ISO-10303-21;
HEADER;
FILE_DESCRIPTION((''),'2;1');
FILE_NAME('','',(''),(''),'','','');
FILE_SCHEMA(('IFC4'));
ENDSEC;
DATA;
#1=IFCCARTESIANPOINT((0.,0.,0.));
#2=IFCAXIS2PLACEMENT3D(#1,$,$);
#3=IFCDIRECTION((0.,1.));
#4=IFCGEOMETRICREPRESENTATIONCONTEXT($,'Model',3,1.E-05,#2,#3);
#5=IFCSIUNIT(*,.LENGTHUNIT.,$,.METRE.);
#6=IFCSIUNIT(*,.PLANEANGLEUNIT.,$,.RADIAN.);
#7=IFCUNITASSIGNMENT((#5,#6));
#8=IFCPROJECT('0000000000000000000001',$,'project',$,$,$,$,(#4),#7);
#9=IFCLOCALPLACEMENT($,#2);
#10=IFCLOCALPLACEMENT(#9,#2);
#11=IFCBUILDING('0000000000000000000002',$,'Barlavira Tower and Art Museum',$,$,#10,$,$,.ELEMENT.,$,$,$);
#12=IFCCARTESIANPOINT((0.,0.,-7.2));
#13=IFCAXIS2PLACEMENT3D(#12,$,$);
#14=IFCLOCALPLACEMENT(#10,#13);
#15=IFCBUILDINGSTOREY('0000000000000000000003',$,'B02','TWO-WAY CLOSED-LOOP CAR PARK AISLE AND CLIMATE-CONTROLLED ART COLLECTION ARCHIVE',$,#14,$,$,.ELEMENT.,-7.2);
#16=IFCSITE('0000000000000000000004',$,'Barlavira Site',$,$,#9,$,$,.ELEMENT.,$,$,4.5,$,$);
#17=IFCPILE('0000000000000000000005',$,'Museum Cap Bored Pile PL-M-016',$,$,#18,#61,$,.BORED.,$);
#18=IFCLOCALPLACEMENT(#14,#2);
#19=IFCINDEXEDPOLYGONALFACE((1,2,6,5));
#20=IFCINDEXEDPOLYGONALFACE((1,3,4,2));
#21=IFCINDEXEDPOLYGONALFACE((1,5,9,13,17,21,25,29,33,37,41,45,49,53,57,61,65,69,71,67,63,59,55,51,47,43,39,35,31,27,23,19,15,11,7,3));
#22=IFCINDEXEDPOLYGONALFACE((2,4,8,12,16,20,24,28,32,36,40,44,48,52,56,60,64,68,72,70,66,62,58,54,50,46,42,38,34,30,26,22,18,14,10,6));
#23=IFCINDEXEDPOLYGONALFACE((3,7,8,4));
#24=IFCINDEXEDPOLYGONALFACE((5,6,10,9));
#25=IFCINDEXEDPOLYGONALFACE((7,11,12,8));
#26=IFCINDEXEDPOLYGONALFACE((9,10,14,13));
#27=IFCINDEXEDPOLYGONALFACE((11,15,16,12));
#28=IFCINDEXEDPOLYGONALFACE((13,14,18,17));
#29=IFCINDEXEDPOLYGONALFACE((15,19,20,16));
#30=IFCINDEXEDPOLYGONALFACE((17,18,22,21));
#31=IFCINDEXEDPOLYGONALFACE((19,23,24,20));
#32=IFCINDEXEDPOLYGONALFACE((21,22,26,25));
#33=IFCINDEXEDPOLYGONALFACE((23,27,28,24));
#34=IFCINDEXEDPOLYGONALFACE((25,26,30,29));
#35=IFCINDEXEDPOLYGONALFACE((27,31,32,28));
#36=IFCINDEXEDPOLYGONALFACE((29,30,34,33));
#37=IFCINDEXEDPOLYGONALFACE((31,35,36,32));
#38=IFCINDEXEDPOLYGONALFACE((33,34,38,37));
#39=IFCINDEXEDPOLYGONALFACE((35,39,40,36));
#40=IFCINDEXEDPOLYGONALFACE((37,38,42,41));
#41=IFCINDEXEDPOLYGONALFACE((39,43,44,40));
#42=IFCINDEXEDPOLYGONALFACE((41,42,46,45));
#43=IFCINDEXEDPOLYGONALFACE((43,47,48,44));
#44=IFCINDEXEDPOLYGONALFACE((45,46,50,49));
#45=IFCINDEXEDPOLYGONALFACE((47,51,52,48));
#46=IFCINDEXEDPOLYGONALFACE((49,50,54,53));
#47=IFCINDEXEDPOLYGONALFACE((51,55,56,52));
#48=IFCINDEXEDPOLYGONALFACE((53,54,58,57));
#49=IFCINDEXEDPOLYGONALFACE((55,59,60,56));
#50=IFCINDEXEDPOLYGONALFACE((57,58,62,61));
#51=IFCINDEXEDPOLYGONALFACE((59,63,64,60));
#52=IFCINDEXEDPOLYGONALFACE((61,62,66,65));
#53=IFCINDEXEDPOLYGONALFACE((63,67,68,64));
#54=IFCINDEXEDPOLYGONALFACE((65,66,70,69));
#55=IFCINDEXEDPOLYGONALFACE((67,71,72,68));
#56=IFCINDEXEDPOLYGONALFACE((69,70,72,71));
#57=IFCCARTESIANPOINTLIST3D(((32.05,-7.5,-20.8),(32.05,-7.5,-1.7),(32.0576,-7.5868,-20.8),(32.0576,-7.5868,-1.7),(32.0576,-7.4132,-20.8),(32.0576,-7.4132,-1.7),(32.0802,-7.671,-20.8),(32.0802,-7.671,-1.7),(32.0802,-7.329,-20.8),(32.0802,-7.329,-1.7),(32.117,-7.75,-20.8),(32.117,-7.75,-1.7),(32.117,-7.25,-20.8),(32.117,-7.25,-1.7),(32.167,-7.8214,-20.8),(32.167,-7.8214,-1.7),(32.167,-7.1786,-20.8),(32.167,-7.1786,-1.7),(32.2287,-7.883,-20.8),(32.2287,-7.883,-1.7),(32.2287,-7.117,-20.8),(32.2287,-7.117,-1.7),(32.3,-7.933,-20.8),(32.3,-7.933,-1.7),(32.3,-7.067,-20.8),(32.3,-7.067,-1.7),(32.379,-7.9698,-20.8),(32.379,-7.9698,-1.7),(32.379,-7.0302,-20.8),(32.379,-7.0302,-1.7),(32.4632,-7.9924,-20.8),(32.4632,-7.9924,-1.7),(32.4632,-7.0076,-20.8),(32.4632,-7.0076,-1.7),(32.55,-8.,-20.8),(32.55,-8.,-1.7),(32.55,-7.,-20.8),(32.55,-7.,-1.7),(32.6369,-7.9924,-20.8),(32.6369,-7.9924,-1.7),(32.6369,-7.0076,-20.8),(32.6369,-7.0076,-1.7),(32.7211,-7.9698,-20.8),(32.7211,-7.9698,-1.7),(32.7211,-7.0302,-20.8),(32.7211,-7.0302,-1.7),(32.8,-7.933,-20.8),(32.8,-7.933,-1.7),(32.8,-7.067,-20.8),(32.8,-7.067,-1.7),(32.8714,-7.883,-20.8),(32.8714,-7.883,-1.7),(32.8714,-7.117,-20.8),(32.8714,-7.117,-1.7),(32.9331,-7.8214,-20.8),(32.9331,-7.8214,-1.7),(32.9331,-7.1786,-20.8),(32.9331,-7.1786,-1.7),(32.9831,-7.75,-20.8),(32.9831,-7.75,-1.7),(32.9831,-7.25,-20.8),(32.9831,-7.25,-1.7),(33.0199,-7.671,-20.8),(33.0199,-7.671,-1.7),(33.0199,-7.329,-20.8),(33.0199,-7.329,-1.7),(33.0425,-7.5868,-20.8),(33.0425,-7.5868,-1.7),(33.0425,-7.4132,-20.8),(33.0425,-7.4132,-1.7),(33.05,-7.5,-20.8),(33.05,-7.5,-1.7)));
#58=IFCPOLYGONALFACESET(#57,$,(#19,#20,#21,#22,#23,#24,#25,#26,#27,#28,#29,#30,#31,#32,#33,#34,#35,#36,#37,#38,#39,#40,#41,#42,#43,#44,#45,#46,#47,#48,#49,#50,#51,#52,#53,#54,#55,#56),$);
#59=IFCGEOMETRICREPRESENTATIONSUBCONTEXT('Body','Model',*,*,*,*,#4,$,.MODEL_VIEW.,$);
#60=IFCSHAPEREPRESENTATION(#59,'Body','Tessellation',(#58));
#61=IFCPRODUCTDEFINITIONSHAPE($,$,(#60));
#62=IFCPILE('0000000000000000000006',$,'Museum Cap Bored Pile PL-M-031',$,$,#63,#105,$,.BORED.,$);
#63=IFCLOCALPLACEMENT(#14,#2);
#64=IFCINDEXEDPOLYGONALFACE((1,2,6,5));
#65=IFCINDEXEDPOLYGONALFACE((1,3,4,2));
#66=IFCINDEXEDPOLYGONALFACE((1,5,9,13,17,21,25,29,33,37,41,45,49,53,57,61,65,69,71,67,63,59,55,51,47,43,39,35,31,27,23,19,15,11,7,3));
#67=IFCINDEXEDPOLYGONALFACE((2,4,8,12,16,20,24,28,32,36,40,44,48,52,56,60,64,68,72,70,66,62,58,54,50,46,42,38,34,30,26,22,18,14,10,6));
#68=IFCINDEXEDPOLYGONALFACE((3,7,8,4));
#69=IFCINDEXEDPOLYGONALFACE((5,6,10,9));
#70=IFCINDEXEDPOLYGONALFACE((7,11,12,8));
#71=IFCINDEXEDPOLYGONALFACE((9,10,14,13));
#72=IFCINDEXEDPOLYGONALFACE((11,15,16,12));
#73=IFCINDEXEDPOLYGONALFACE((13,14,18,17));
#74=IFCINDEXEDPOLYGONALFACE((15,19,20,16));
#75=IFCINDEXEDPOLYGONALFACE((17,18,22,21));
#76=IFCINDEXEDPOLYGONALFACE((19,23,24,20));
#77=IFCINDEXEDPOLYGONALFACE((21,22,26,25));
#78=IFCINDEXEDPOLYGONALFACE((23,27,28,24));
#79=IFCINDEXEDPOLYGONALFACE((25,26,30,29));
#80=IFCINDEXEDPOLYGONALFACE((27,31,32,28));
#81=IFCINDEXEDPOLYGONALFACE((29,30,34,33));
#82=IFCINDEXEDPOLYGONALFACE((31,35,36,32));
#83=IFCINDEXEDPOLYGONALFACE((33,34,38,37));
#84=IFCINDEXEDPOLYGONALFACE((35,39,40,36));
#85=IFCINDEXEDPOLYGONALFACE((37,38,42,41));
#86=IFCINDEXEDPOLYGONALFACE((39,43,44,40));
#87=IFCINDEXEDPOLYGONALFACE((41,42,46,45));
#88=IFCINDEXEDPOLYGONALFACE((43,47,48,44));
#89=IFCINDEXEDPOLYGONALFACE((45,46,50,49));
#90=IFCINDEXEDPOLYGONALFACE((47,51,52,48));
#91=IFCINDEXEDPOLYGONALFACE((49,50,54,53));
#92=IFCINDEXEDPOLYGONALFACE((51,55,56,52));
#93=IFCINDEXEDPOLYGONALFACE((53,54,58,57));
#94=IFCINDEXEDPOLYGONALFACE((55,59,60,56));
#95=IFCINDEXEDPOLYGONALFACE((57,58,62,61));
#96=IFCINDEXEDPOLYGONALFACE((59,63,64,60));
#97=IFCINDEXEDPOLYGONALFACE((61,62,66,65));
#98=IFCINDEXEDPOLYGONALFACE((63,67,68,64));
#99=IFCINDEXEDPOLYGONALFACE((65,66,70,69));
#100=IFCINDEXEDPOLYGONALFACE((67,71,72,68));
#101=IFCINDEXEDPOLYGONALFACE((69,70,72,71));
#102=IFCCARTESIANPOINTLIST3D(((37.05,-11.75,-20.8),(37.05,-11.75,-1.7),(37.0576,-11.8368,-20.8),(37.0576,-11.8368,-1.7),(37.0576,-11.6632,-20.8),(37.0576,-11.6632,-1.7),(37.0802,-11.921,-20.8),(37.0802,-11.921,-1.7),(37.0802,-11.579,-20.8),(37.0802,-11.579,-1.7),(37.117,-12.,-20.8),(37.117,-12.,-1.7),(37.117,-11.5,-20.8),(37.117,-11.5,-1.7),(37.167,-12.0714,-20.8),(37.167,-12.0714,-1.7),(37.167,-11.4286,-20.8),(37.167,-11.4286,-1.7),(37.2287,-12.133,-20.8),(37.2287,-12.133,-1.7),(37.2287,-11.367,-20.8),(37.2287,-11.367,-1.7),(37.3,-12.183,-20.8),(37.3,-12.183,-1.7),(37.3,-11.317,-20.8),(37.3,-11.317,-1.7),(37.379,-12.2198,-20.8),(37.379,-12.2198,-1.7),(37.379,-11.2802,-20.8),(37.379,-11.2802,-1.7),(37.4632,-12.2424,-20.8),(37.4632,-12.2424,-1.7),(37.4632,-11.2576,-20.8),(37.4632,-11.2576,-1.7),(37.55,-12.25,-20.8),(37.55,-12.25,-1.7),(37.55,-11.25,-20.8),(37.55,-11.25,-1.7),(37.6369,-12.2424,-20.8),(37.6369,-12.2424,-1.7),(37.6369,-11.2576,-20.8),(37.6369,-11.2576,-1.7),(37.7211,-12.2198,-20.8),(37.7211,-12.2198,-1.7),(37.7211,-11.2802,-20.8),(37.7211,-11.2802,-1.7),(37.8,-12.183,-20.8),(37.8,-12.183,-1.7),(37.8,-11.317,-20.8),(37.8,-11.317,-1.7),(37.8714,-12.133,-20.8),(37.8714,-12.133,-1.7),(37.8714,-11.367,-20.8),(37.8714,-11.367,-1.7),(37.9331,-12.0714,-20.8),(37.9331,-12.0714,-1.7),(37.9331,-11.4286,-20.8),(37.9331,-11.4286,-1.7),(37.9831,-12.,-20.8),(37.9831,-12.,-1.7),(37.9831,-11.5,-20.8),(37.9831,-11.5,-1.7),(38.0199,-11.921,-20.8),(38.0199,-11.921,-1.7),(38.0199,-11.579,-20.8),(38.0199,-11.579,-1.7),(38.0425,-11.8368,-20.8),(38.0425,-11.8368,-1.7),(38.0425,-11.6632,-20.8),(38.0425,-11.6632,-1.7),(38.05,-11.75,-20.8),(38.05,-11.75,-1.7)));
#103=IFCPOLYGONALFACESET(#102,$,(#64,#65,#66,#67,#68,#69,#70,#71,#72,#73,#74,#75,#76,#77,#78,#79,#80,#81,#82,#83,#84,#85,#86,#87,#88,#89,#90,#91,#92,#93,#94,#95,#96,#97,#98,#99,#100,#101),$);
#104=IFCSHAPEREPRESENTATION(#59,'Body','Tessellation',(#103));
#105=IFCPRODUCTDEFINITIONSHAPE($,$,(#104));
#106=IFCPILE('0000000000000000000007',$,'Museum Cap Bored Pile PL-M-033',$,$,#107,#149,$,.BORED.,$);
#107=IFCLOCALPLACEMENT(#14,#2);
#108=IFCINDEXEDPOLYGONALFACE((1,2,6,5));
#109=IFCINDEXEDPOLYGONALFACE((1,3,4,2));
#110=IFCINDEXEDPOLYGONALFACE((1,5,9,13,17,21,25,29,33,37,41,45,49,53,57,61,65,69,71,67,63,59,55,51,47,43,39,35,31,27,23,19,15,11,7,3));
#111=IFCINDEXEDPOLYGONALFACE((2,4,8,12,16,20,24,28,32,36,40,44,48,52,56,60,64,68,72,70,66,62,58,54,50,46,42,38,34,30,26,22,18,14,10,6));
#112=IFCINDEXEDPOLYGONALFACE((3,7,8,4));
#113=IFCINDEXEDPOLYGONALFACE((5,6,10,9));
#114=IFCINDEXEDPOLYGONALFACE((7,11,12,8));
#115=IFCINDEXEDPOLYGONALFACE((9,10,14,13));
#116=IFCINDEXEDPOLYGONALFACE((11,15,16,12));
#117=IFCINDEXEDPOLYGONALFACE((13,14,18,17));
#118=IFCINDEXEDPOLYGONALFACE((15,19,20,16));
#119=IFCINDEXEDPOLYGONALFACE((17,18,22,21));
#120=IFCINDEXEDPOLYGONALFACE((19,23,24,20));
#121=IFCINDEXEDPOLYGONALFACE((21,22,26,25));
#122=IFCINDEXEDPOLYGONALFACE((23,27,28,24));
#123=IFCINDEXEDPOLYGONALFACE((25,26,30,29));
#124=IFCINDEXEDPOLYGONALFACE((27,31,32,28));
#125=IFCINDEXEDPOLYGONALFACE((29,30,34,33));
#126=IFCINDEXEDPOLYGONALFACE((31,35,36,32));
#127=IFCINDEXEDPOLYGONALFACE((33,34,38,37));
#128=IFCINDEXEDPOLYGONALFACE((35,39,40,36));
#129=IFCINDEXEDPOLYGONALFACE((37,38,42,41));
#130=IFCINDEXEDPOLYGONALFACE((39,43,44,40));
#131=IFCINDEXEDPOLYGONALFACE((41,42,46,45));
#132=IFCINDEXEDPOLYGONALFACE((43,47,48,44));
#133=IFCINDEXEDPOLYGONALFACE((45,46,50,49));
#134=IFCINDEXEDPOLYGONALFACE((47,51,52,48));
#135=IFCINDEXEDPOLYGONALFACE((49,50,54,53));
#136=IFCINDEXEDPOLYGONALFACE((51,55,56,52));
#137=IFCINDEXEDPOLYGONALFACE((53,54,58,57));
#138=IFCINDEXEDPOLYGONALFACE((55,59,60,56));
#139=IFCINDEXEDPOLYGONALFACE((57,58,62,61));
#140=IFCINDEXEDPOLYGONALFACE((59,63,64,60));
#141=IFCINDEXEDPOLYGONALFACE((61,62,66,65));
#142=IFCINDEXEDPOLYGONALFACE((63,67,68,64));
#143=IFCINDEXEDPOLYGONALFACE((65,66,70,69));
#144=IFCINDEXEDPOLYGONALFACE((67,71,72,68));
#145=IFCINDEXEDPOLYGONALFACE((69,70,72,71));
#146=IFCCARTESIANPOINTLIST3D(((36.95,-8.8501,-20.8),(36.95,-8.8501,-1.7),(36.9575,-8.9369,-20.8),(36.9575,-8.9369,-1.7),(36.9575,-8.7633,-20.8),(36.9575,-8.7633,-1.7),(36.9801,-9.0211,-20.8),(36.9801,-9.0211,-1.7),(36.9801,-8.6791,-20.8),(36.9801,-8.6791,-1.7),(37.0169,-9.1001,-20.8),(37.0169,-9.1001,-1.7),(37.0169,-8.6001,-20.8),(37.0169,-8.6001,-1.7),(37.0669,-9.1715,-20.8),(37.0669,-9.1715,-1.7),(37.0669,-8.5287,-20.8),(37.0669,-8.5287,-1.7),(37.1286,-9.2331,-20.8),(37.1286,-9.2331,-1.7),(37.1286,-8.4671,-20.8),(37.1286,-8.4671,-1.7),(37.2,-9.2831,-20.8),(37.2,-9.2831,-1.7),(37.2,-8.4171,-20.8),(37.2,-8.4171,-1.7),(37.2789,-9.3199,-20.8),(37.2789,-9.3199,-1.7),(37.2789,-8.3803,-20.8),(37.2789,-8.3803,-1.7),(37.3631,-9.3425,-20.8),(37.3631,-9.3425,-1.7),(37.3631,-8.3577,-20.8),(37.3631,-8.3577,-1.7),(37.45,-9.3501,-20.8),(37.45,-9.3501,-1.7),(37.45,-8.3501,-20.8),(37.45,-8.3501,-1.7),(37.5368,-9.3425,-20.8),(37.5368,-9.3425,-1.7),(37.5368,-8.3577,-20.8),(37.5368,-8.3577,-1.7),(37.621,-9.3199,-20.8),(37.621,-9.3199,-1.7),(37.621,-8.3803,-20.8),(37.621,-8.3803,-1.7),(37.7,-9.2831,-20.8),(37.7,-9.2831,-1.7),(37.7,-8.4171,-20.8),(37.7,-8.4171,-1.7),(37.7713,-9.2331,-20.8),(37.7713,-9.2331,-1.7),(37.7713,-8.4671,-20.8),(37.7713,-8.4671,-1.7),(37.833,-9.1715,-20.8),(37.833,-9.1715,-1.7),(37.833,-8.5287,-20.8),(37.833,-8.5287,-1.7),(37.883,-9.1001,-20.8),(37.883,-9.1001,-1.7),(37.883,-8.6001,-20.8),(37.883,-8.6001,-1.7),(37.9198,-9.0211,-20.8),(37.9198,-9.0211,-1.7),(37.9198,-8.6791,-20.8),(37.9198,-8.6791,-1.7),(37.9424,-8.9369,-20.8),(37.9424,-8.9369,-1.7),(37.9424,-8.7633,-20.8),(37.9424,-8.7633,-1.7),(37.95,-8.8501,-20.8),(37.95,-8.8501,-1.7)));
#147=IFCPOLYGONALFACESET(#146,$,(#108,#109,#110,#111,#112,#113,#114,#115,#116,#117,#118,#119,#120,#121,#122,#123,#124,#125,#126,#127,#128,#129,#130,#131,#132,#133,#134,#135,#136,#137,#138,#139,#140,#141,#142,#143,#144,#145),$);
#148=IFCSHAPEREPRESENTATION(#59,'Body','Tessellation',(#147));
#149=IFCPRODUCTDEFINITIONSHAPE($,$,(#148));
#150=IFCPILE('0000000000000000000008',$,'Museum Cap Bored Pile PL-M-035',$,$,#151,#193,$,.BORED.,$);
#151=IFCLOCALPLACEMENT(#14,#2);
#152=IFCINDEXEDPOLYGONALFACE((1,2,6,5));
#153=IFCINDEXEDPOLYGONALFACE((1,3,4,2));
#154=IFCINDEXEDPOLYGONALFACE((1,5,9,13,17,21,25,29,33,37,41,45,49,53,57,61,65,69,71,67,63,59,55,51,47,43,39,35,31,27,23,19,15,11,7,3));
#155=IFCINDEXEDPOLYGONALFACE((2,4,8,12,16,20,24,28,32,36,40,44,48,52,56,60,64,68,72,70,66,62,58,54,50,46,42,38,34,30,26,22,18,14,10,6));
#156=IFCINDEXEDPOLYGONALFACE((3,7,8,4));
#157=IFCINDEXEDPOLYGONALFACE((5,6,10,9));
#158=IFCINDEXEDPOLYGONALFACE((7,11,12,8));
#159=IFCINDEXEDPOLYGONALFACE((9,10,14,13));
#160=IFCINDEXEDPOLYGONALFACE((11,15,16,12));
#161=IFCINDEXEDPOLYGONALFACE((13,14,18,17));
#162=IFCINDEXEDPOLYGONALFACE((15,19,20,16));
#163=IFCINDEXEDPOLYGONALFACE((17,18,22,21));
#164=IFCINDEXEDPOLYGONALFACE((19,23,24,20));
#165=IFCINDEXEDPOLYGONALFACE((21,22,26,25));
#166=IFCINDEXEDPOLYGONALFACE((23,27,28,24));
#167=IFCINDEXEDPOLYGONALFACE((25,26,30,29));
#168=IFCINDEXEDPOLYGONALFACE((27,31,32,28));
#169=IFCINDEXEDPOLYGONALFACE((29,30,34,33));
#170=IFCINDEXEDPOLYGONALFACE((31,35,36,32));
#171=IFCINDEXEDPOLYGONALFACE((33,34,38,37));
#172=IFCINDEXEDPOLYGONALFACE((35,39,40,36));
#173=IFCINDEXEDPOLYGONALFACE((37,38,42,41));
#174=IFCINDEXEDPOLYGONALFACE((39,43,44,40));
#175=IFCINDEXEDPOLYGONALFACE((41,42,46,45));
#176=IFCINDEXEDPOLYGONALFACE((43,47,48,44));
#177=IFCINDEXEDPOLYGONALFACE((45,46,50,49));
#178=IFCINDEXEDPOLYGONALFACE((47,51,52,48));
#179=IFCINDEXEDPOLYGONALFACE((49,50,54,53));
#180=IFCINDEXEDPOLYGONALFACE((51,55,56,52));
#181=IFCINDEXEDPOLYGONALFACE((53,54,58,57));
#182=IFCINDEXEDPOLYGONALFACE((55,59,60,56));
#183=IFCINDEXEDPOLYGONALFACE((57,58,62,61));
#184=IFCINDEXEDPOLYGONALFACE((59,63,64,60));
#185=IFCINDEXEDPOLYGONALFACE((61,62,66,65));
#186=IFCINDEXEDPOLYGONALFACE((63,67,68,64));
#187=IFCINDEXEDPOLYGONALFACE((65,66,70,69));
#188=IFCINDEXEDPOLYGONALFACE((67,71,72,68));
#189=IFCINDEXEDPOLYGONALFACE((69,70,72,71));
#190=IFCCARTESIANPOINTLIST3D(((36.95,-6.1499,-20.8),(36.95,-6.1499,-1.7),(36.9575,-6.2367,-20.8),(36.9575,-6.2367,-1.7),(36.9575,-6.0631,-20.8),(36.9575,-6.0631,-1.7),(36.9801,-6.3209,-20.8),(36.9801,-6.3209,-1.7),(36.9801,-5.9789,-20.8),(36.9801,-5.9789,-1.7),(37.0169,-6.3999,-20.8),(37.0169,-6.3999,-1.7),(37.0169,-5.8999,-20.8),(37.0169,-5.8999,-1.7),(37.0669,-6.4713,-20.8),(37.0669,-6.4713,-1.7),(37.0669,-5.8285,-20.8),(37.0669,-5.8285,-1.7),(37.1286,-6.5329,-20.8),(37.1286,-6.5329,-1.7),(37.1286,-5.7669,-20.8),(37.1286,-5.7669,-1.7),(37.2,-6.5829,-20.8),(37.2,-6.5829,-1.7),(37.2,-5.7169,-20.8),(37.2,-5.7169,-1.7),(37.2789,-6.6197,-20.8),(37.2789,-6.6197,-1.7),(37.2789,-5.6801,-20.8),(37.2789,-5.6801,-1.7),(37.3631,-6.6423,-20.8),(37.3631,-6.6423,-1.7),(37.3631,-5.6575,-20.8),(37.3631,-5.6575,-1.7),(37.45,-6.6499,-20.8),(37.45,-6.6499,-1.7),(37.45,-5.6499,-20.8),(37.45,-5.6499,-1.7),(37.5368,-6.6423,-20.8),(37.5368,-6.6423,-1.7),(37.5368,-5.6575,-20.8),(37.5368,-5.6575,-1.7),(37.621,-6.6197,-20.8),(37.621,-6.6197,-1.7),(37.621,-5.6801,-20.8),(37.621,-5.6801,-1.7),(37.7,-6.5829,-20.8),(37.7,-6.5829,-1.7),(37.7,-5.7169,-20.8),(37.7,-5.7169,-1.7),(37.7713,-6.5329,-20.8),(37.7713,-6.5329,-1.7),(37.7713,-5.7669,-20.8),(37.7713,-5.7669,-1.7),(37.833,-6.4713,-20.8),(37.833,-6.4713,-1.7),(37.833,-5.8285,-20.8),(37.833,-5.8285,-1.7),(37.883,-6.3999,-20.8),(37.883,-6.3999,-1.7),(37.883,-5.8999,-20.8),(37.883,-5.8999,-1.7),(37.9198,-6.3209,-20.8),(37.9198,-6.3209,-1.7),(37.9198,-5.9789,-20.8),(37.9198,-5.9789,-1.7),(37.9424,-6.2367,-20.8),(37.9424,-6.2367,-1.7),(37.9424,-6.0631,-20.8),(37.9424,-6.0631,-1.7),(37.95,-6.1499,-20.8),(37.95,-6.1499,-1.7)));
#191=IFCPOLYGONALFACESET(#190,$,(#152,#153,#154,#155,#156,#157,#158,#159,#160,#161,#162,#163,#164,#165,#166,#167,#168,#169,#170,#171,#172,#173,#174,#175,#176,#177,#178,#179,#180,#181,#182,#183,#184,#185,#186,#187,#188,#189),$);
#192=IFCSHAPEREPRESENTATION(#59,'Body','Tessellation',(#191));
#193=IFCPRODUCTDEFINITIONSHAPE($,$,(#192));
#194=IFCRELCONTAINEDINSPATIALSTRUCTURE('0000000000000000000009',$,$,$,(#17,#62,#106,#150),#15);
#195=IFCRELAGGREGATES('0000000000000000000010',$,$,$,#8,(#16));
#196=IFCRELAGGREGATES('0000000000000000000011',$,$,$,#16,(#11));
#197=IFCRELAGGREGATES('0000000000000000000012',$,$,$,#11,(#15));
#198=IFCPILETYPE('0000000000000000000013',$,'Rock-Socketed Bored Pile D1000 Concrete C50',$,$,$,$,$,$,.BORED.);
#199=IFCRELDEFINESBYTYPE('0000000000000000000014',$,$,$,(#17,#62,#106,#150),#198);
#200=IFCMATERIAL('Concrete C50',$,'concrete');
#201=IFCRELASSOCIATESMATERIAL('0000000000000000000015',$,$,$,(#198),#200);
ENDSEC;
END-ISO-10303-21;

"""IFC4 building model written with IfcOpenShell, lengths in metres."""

from ifc_helpers import new_model, si_unit, direction, frame, origin, origin_2d, place, context, subcontext, project, spatial, circle, extrude, material, material_profile, profile_set, type_object, element, save


model = new_model("IFC4")

# Units and contexts
model_context = context("Model", 3, precision=1e-05, world=origin(), true_north=direction((0.0, 1.0)))
body_context = subcontext(model_context, "Body", "Model", "MODEL_VIEW")
ifc_project = project(units=[si_unit("LENGTHUNIT", "METRE"), si_unit("PLANEANGLEUNIT", "RADIAN")], contexts=[model_context])

# Site, building, storey
site_placement = place(None, origin())
site = spatial("IfcSite", under=ifc_project, at=site_placement, Name="Barlavira Site", CompositionType="ELEMENT", RefElevation=4.5)
building_placement = place(site_placement, origin())
building = spatial("IfcBuilding", under=site, at=building_placement, Name="Barlavira Tower and Art Museum", CompositionType="ELEMENT")
storey_placement = place(building_placement, frame((0.0, 0.0, -7.2)))
storey = spatial("IfcBuildingStorey", under=building, at=storey_placement, Name="B02", Description="TWO-WAY CLOSED-LOOP CAR PARK AISLE AND CLIMATE-CONTROLLED ART COLLECTION ARCHIVE", CompositionType="ELEMENT", Elevation=-7.2)

# Shared definitions
ifc_material_1 = material(Name="Concrete C50", Category="concrete")

# Piles
ifc_material_profile_1 = material_profile(ifc_material_1, circle(Radius=0.5, at=origin_2d()), Name="BORED PILE D1000")
ifc_profile_set_1 = profile_set([ifc_material_profile_1], Name="Concrete C50")
pile_type = type_object("IfcPileType", Name="Rock-Socketed Bored Pile D1000 Concrete C50", PredefinedType="BORED", material=ifc_profile_set_1)
for number, where, z_axis, x_axis, name in (
    (1, (32.55, -7.5, -1.7), (0.0, 0.0, -1.0), (1.0, 0.0, 0.0), "Museum Cap Bored Pile PL-M-016"),
    (2, (37.55, -11.75, -1.7), (0.0, 0.0, -1.0), (1.0, 0.0, 0.0), "Museum Cap Bored Pile PL-M-031"),
    (3, (37.45, -8.8501, -1.7), (0.0, 0.0, -1.0), (1.0, 0.0, 0.0), "Museum Cap Bored Pile PL-M-033"),
    (4, (37.45, -6.1499, -1.7), (0.0, 0.0, -1.0), (1.0, 0.0, 0.0), "Museum Cap Bored Pile PL-M-035"),
):
    element("IfcPile", number, at=place(storey_placement, frame(where, z_axis=z_axis, x_axis=x_axis)), inside=storey, type_object=pile_type, Name=name, PredefinedType="BORED", context=body_context, shape_type="SweptSolid", body=[
        extrude(circle(Radius=0.5, at=origin_2d()), origin(), (0.0, 0.0, 1.0), 19.1001),
    ])

save(model, "model.ifc")
